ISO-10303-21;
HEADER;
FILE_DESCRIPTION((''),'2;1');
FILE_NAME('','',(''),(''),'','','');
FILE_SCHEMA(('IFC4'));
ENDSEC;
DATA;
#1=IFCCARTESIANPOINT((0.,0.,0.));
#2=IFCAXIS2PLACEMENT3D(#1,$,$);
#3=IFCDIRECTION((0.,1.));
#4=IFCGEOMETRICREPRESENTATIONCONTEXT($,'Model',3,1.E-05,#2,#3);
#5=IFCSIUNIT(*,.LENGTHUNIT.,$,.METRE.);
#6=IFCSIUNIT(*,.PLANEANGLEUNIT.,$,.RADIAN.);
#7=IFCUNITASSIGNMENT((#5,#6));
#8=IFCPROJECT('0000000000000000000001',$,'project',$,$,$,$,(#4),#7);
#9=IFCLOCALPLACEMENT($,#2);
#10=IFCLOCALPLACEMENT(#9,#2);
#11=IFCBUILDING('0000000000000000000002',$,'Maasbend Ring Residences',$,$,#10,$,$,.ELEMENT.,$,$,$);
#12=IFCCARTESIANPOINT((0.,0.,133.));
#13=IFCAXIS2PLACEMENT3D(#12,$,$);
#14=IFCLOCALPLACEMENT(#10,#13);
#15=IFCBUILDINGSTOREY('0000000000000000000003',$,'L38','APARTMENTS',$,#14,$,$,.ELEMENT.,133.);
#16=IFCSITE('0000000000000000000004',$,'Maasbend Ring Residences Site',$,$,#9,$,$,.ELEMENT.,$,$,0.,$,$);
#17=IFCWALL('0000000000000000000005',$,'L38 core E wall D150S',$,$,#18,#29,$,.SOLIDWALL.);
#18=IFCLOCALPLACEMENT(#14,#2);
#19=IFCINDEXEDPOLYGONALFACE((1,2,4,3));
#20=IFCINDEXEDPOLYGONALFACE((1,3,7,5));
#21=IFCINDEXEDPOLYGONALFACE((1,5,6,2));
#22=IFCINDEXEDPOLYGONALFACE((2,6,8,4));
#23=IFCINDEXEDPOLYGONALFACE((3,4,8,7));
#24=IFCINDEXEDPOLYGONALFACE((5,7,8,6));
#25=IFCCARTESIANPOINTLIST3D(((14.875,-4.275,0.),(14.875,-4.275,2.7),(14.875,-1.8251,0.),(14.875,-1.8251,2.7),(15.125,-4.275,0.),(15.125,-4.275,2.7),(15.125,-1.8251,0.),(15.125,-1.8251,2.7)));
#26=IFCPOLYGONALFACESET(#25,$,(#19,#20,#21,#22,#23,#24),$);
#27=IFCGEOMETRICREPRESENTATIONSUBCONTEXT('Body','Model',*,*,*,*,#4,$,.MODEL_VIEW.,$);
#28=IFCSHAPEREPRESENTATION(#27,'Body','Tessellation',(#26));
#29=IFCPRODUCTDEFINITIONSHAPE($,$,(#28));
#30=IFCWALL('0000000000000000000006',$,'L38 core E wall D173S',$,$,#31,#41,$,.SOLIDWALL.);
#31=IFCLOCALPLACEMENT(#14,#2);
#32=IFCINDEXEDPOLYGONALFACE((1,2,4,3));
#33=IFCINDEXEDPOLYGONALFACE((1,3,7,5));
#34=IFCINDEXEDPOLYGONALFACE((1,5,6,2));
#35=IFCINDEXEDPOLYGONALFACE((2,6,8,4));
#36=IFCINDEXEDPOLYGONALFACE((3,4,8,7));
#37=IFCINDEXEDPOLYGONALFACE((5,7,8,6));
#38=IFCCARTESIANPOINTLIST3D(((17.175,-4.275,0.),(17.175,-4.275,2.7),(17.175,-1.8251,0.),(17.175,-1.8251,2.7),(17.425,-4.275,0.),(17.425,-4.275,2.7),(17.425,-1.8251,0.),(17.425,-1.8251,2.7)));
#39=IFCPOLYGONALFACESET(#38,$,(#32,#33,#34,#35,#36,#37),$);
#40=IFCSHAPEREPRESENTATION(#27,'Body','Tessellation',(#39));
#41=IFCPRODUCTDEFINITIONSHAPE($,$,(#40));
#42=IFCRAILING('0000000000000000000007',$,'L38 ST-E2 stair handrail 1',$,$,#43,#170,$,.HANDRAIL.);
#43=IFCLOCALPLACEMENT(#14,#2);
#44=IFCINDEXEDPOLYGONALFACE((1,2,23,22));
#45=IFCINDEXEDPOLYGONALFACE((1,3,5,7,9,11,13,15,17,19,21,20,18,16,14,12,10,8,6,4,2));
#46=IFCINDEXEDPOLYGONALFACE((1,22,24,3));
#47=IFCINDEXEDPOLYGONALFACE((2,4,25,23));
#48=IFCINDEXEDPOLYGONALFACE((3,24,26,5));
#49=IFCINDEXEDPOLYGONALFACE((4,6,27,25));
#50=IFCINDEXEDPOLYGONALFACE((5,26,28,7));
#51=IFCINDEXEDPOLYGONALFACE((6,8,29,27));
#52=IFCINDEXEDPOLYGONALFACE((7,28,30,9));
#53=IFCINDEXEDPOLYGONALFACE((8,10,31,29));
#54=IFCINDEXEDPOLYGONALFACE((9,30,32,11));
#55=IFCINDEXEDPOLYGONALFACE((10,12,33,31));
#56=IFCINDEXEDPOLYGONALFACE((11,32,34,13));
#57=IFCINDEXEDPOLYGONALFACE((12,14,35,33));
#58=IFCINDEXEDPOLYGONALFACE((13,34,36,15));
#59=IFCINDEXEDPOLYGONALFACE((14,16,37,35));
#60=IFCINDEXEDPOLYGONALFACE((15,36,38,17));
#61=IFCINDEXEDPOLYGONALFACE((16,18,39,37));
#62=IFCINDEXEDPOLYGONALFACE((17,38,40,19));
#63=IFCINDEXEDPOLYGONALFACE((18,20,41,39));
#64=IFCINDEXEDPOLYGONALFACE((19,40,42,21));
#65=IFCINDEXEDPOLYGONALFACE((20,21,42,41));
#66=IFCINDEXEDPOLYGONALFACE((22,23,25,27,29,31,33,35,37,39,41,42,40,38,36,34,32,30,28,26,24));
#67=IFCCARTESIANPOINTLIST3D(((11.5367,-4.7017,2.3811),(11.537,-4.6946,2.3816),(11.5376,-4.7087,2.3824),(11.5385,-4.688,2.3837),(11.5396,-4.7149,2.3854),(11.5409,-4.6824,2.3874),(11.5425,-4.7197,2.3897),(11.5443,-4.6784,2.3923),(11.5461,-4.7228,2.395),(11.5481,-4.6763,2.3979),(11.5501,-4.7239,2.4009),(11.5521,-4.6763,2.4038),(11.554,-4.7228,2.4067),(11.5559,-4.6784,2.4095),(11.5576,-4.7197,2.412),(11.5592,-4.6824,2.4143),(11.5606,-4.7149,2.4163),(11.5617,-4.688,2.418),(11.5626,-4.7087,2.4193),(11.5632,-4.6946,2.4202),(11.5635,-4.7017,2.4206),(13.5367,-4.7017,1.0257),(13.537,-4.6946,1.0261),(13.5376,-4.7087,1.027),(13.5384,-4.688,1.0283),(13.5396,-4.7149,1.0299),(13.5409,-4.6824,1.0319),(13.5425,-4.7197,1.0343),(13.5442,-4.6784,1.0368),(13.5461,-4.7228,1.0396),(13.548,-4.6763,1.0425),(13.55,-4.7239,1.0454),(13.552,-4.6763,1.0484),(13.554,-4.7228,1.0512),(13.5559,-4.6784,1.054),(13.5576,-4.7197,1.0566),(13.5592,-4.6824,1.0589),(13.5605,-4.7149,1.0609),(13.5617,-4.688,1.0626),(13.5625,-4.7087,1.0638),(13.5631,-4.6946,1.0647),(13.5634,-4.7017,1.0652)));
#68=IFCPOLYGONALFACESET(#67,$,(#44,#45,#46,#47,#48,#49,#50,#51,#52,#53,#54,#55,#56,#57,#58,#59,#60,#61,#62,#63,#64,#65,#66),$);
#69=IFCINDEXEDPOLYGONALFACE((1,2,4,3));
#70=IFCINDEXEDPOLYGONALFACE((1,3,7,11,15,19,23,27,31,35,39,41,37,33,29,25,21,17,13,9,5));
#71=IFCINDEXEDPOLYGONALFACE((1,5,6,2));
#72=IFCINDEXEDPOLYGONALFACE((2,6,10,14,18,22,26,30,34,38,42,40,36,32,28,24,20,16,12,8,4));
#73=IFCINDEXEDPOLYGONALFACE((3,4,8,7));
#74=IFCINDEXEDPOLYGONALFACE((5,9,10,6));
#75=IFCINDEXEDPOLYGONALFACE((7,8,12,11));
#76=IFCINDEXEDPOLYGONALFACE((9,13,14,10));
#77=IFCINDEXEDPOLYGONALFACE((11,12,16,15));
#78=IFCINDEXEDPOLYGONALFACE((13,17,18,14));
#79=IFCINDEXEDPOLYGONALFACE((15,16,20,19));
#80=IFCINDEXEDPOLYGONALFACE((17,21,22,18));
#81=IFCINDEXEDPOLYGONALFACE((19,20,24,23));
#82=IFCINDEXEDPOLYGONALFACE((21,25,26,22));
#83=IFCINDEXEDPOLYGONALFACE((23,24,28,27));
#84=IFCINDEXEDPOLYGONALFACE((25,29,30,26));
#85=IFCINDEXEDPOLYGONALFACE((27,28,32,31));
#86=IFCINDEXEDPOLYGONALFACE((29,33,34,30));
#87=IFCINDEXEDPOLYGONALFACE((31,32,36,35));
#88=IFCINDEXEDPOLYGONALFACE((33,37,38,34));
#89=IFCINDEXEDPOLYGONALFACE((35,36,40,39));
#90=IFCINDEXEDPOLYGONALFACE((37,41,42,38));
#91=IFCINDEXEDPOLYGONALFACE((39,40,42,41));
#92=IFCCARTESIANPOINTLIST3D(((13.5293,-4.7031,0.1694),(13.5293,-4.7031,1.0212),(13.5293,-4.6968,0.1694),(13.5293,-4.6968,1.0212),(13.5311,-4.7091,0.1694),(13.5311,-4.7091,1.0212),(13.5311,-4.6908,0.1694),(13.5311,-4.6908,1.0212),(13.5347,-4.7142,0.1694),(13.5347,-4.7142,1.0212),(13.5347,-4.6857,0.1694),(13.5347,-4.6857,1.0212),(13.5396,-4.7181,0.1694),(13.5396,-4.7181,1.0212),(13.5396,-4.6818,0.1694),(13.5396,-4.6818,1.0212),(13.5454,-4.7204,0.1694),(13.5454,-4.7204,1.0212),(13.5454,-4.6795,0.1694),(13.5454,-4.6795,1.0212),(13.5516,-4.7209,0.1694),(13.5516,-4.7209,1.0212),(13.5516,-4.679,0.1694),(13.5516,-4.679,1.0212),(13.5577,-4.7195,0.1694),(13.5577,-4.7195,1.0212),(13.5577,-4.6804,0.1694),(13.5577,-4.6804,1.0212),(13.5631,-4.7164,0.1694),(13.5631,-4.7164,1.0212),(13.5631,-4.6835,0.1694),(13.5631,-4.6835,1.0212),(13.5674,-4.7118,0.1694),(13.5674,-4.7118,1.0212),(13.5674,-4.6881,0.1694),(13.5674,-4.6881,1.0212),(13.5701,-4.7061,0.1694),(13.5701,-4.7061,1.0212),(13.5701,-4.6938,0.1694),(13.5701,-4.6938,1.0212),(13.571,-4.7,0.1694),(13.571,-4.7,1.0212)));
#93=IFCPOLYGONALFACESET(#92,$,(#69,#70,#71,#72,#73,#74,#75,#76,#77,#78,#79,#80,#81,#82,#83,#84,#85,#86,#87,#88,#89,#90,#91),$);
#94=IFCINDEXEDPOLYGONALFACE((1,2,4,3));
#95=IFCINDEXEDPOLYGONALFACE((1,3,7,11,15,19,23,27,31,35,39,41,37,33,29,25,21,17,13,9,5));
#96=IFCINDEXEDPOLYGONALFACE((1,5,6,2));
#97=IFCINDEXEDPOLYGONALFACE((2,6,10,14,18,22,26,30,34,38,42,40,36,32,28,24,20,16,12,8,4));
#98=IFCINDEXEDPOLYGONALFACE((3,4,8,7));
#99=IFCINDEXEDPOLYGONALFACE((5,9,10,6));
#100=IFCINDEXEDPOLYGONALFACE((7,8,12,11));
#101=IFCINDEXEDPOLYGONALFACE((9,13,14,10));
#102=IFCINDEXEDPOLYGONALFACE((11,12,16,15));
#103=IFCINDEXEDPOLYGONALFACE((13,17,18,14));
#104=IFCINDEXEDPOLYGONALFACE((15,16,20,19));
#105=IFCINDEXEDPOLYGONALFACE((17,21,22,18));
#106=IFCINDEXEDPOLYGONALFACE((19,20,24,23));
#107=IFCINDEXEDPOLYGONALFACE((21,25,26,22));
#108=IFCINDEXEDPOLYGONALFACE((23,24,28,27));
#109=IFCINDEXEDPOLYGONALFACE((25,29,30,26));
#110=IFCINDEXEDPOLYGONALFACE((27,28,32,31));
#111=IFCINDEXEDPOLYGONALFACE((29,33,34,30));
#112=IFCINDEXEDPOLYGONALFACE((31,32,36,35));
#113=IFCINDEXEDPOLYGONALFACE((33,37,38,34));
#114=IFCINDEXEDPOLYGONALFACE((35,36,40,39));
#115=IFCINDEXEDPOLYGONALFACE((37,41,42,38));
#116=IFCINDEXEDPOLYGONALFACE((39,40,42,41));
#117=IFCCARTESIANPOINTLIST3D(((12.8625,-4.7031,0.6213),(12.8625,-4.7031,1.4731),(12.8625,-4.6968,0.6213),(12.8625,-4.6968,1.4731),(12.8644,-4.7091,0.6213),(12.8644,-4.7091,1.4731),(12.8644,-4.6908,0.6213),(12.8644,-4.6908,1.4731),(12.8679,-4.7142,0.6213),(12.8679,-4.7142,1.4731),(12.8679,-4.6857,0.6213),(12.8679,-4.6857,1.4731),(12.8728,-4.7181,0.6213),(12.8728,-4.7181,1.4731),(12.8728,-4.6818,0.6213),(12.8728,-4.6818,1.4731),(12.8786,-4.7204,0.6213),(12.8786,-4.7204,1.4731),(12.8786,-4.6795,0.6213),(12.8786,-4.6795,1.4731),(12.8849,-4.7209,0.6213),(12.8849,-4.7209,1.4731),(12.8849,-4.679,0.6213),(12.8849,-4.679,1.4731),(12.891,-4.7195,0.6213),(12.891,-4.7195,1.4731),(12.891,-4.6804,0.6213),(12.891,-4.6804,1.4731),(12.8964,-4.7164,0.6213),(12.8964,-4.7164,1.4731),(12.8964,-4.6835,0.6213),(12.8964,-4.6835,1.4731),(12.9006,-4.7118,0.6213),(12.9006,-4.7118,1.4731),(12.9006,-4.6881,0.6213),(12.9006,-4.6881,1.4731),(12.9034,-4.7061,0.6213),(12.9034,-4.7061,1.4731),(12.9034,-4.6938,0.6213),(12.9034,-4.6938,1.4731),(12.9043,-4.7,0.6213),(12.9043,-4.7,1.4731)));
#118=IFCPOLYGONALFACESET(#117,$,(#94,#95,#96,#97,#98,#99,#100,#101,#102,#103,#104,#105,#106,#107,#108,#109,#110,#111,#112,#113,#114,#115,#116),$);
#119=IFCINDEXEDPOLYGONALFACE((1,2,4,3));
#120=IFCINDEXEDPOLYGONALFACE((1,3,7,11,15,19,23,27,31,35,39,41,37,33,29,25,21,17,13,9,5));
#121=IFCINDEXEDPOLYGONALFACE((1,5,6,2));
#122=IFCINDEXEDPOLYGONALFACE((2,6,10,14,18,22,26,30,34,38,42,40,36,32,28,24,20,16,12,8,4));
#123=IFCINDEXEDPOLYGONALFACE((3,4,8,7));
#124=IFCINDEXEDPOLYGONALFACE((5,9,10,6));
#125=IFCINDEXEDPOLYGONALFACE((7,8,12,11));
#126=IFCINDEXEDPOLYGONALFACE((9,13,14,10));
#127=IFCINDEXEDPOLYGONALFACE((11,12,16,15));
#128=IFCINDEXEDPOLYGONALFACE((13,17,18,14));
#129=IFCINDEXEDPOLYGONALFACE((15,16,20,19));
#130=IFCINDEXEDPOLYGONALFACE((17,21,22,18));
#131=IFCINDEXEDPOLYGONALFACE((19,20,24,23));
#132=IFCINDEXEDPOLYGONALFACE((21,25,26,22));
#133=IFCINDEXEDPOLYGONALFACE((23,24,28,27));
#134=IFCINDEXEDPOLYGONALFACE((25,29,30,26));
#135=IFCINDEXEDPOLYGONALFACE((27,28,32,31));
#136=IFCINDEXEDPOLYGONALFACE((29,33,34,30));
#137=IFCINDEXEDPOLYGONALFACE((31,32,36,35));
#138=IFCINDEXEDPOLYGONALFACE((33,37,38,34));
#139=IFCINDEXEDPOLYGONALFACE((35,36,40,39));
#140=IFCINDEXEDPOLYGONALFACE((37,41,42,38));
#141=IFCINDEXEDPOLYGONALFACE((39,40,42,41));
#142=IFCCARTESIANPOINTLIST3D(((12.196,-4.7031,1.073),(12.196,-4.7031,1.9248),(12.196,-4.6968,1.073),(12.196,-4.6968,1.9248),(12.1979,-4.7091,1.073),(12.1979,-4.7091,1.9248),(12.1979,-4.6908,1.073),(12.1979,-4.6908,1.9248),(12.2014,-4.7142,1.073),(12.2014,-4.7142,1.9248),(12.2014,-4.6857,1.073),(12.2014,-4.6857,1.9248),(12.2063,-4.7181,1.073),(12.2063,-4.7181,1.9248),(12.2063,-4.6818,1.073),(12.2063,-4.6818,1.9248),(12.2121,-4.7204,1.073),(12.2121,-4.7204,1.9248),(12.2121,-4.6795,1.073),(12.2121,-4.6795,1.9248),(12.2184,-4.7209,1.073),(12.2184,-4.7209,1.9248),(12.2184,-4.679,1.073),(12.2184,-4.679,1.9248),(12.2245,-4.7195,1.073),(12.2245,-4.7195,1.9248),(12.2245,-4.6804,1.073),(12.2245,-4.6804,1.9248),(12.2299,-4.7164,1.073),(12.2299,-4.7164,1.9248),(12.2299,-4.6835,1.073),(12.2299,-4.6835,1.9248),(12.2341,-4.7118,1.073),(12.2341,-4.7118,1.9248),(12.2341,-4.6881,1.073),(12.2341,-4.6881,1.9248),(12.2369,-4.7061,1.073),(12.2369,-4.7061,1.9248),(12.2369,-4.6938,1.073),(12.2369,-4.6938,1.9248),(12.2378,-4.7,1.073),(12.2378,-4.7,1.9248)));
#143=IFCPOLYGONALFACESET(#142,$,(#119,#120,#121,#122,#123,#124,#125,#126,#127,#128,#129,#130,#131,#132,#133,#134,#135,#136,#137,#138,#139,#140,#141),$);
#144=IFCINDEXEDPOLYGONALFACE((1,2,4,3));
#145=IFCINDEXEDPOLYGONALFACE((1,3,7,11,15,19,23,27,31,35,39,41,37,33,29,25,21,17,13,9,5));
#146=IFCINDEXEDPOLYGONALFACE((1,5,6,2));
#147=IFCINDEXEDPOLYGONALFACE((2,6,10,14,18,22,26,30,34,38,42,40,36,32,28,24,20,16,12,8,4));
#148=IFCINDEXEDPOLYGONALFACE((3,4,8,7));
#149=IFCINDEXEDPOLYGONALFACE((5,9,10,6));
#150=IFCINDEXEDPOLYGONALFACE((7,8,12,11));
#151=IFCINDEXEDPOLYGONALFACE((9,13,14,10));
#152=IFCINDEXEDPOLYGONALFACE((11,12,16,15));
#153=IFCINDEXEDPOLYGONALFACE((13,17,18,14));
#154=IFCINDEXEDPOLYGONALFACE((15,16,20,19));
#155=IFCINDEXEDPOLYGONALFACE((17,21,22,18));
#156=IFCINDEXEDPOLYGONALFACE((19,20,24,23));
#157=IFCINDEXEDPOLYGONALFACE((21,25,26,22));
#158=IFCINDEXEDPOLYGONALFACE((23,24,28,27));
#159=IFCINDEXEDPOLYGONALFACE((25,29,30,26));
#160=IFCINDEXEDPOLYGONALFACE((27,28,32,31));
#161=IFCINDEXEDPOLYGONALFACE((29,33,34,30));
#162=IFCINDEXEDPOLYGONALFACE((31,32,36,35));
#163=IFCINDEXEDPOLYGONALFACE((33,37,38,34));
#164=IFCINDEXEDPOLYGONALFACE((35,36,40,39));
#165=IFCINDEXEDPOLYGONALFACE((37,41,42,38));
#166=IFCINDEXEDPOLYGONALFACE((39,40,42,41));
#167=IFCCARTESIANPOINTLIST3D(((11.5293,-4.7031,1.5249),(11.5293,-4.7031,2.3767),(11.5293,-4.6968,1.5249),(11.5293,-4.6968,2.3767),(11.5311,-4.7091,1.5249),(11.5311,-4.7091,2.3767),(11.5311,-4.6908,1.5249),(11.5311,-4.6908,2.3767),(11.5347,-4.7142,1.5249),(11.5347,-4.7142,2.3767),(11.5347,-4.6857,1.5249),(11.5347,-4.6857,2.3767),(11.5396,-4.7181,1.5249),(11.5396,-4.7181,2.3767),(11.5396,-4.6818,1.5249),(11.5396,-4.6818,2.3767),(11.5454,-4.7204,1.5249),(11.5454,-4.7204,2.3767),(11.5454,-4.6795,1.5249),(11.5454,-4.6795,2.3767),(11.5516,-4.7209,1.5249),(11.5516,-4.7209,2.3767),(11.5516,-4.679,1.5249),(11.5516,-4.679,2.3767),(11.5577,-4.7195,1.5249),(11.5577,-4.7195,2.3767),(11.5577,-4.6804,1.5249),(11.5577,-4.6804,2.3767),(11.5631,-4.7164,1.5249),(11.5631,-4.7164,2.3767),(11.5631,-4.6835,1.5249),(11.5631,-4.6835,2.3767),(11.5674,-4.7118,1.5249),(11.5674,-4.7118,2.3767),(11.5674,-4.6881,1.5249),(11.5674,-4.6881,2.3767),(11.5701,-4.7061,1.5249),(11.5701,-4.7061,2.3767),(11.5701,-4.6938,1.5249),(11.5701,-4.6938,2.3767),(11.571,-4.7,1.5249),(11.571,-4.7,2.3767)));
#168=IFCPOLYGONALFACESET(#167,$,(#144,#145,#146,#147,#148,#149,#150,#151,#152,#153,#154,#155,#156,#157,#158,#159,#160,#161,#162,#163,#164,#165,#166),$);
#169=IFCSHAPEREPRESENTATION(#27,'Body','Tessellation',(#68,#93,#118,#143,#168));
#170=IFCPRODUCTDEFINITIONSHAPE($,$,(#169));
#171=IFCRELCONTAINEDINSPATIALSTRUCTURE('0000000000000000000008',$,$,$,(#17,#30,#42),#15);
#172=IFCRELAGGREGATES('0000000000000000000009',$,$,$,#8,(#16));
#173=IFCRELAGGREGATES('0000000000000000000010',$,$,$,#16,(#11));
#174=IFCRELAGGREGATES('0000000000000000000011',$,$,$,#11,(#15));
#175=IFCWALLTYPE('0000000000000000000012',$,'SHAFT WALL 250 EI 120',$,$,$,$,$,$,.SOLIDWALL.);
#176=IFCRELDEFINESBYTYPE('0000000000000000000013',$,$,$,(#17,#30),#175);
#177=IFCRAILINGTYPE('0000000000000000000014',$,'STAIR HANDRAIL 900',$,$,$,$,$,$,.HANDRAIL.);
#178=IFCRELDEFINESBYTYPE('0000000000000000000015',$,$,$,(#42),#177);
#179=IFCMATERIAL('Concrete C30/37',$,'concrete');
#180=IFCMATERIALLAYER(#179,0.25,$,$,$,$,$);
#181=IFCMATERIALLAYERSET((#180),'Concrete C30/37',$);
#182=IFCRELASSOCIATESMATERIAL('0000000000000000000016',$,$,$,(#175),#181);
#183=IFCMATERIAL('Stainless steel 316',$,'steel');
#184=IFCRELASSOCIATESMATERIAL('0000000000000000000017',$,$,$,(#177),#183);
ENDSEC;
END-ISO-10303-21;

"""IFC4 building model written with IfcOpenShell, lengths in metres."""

from ifc_helpers import new_model, si_unit, direction, frame, frame_2d, origin, origin_2d, place, context, subcontext, project, spatial, rectangle, circle, extrude, material, layer, layer_set, type_object, element, save


model = new_model("IFC4")

# Units and contexts
model_context = context("Model", 3, precision=1e-05, world=origin(), true_north=direction((0.0, 1.0)))
body_context = subcontext(model_context, "Body", "Model", "MODEL_VIEW")
ifc_project = project(units=[si_unit("LENGTHUNIT", "METRE"), si_unit("PLANEANGLEUNIT", "RADIAN")], contexts=[model_context])

# Site, building, storey
site_placement = place(None, origin())
site = spatial("IfcSite", under=ifc_project, at=site_placement, Name="Maasbend Ring Residences Site", CompositionType="ELEMENT", RefElevation=0.0)
building_placement = place(site_placement, origin())
building = spatial("IfcBuilding", under=site, at=building_placement, Name="Maasbend Ring Residences", CompositionType="ELEMENT")
storey_placement = place(building_placement, frame((0.0, 0.0, 133.0)))
storey = spatial("IfcBuildingStorey", under=building, at=storey_placement, Name="L38", Description="APARTMENTS", CompositionType="ELEMENT", Elevation=133.0)

# Walls
ifc_material_1 = material(Name="Concrete C30/37", Category="concrete")
ifc_layer_1 = layer(ifc_material_1, 0.25)
ifc_layer_set_1 = layer_set([ifc_layer_1], Name="Concrete C30/37")
wall_type_1 = type_object("IfcWallType", Name="SHAFT WALL 250 EI 120", PredefinedType="SOLIDWALL", material=ifc_layer_set_1)
for number, where, z_axis, x_axis, name in (
    (1, (15.0, -1.825, 0.0), (0.0, 0.0, 1.0), (0.0, -1.0, 0.0), "L38 core E wall D150S"),
    (2, (17.3, -1.825, 0.0), (0.0, 0.0, 1.0), (0.0, -1.0, 0.0), "L38 core E wall D173S"),
):
    element("IfcWall", number, at=place(storey_placement, frame(where, z_axis=z_axis, x_axis=x_axis)), inside=storey, type_object=wall_type_1, Name=name, PredefinedType="SOLIDWALL", context=body_context, shape_type="SweptSolid", body=[
        extrude(rectangle(XDim=2.45, YDim=0.25, at=frame_2d((1.2251, 0.0))), origin(), (0.0, 0.0, 1.0), 2.7),
    ])

# Railing
ifc_material_2 = material(Name="Stainless steel 316", Category="steel")
railing_type_1 = type_object("IfcRailingType", Name="STAIR HANDRAIL 900", PredefinedType="HANDRAIL", material=ifc_material_2)
railing_1_placement = place(storey_placement, frame((13.55, -4.7, 0.1694)))
element("IfcRailing", 3, at=railing_1_placement, inside=storey, type_object=railing_type_1, Name="L38 ST-E2 stair handrail 1", PredefinedType="HANDRAIL", context=body_context, shape_type="SweptSolid", body=[
    extrude(circle(Radius=0.0239, at=origin_2d()), frame((0.0, 0.0, 0.876), z_axis=(-0.827798, 0.0, 0.561027), x_axis=(0.0, -1.0, 0.0)), (0.0, 0.0, 1.0), 2.416),
    extrude(circle(Radius=0.021, at=origin_2d()), origin(), (0.0, 0.0, 1.0), 0.8518),
    extrude(circle(Radius=0.021, at=origin_2d()), frame((-0.6667, 0.0, 0.4519)), (0.0, 0.0, 1.0), 0.8518),
    extrude(circle(Radius=0.021, at=origin_2d()), frame((-1.3333, 0.0, 0.9036)), (0.0, 0.0, 1.0), 0.8518),
    extrude(circle(Radius=0.021, at=origin_2d()), frame((-2.0, 0.0, 1.3555)), (0.0, 0.0, 1.0), 0.8518),
])

save(model, "model.ifc")
